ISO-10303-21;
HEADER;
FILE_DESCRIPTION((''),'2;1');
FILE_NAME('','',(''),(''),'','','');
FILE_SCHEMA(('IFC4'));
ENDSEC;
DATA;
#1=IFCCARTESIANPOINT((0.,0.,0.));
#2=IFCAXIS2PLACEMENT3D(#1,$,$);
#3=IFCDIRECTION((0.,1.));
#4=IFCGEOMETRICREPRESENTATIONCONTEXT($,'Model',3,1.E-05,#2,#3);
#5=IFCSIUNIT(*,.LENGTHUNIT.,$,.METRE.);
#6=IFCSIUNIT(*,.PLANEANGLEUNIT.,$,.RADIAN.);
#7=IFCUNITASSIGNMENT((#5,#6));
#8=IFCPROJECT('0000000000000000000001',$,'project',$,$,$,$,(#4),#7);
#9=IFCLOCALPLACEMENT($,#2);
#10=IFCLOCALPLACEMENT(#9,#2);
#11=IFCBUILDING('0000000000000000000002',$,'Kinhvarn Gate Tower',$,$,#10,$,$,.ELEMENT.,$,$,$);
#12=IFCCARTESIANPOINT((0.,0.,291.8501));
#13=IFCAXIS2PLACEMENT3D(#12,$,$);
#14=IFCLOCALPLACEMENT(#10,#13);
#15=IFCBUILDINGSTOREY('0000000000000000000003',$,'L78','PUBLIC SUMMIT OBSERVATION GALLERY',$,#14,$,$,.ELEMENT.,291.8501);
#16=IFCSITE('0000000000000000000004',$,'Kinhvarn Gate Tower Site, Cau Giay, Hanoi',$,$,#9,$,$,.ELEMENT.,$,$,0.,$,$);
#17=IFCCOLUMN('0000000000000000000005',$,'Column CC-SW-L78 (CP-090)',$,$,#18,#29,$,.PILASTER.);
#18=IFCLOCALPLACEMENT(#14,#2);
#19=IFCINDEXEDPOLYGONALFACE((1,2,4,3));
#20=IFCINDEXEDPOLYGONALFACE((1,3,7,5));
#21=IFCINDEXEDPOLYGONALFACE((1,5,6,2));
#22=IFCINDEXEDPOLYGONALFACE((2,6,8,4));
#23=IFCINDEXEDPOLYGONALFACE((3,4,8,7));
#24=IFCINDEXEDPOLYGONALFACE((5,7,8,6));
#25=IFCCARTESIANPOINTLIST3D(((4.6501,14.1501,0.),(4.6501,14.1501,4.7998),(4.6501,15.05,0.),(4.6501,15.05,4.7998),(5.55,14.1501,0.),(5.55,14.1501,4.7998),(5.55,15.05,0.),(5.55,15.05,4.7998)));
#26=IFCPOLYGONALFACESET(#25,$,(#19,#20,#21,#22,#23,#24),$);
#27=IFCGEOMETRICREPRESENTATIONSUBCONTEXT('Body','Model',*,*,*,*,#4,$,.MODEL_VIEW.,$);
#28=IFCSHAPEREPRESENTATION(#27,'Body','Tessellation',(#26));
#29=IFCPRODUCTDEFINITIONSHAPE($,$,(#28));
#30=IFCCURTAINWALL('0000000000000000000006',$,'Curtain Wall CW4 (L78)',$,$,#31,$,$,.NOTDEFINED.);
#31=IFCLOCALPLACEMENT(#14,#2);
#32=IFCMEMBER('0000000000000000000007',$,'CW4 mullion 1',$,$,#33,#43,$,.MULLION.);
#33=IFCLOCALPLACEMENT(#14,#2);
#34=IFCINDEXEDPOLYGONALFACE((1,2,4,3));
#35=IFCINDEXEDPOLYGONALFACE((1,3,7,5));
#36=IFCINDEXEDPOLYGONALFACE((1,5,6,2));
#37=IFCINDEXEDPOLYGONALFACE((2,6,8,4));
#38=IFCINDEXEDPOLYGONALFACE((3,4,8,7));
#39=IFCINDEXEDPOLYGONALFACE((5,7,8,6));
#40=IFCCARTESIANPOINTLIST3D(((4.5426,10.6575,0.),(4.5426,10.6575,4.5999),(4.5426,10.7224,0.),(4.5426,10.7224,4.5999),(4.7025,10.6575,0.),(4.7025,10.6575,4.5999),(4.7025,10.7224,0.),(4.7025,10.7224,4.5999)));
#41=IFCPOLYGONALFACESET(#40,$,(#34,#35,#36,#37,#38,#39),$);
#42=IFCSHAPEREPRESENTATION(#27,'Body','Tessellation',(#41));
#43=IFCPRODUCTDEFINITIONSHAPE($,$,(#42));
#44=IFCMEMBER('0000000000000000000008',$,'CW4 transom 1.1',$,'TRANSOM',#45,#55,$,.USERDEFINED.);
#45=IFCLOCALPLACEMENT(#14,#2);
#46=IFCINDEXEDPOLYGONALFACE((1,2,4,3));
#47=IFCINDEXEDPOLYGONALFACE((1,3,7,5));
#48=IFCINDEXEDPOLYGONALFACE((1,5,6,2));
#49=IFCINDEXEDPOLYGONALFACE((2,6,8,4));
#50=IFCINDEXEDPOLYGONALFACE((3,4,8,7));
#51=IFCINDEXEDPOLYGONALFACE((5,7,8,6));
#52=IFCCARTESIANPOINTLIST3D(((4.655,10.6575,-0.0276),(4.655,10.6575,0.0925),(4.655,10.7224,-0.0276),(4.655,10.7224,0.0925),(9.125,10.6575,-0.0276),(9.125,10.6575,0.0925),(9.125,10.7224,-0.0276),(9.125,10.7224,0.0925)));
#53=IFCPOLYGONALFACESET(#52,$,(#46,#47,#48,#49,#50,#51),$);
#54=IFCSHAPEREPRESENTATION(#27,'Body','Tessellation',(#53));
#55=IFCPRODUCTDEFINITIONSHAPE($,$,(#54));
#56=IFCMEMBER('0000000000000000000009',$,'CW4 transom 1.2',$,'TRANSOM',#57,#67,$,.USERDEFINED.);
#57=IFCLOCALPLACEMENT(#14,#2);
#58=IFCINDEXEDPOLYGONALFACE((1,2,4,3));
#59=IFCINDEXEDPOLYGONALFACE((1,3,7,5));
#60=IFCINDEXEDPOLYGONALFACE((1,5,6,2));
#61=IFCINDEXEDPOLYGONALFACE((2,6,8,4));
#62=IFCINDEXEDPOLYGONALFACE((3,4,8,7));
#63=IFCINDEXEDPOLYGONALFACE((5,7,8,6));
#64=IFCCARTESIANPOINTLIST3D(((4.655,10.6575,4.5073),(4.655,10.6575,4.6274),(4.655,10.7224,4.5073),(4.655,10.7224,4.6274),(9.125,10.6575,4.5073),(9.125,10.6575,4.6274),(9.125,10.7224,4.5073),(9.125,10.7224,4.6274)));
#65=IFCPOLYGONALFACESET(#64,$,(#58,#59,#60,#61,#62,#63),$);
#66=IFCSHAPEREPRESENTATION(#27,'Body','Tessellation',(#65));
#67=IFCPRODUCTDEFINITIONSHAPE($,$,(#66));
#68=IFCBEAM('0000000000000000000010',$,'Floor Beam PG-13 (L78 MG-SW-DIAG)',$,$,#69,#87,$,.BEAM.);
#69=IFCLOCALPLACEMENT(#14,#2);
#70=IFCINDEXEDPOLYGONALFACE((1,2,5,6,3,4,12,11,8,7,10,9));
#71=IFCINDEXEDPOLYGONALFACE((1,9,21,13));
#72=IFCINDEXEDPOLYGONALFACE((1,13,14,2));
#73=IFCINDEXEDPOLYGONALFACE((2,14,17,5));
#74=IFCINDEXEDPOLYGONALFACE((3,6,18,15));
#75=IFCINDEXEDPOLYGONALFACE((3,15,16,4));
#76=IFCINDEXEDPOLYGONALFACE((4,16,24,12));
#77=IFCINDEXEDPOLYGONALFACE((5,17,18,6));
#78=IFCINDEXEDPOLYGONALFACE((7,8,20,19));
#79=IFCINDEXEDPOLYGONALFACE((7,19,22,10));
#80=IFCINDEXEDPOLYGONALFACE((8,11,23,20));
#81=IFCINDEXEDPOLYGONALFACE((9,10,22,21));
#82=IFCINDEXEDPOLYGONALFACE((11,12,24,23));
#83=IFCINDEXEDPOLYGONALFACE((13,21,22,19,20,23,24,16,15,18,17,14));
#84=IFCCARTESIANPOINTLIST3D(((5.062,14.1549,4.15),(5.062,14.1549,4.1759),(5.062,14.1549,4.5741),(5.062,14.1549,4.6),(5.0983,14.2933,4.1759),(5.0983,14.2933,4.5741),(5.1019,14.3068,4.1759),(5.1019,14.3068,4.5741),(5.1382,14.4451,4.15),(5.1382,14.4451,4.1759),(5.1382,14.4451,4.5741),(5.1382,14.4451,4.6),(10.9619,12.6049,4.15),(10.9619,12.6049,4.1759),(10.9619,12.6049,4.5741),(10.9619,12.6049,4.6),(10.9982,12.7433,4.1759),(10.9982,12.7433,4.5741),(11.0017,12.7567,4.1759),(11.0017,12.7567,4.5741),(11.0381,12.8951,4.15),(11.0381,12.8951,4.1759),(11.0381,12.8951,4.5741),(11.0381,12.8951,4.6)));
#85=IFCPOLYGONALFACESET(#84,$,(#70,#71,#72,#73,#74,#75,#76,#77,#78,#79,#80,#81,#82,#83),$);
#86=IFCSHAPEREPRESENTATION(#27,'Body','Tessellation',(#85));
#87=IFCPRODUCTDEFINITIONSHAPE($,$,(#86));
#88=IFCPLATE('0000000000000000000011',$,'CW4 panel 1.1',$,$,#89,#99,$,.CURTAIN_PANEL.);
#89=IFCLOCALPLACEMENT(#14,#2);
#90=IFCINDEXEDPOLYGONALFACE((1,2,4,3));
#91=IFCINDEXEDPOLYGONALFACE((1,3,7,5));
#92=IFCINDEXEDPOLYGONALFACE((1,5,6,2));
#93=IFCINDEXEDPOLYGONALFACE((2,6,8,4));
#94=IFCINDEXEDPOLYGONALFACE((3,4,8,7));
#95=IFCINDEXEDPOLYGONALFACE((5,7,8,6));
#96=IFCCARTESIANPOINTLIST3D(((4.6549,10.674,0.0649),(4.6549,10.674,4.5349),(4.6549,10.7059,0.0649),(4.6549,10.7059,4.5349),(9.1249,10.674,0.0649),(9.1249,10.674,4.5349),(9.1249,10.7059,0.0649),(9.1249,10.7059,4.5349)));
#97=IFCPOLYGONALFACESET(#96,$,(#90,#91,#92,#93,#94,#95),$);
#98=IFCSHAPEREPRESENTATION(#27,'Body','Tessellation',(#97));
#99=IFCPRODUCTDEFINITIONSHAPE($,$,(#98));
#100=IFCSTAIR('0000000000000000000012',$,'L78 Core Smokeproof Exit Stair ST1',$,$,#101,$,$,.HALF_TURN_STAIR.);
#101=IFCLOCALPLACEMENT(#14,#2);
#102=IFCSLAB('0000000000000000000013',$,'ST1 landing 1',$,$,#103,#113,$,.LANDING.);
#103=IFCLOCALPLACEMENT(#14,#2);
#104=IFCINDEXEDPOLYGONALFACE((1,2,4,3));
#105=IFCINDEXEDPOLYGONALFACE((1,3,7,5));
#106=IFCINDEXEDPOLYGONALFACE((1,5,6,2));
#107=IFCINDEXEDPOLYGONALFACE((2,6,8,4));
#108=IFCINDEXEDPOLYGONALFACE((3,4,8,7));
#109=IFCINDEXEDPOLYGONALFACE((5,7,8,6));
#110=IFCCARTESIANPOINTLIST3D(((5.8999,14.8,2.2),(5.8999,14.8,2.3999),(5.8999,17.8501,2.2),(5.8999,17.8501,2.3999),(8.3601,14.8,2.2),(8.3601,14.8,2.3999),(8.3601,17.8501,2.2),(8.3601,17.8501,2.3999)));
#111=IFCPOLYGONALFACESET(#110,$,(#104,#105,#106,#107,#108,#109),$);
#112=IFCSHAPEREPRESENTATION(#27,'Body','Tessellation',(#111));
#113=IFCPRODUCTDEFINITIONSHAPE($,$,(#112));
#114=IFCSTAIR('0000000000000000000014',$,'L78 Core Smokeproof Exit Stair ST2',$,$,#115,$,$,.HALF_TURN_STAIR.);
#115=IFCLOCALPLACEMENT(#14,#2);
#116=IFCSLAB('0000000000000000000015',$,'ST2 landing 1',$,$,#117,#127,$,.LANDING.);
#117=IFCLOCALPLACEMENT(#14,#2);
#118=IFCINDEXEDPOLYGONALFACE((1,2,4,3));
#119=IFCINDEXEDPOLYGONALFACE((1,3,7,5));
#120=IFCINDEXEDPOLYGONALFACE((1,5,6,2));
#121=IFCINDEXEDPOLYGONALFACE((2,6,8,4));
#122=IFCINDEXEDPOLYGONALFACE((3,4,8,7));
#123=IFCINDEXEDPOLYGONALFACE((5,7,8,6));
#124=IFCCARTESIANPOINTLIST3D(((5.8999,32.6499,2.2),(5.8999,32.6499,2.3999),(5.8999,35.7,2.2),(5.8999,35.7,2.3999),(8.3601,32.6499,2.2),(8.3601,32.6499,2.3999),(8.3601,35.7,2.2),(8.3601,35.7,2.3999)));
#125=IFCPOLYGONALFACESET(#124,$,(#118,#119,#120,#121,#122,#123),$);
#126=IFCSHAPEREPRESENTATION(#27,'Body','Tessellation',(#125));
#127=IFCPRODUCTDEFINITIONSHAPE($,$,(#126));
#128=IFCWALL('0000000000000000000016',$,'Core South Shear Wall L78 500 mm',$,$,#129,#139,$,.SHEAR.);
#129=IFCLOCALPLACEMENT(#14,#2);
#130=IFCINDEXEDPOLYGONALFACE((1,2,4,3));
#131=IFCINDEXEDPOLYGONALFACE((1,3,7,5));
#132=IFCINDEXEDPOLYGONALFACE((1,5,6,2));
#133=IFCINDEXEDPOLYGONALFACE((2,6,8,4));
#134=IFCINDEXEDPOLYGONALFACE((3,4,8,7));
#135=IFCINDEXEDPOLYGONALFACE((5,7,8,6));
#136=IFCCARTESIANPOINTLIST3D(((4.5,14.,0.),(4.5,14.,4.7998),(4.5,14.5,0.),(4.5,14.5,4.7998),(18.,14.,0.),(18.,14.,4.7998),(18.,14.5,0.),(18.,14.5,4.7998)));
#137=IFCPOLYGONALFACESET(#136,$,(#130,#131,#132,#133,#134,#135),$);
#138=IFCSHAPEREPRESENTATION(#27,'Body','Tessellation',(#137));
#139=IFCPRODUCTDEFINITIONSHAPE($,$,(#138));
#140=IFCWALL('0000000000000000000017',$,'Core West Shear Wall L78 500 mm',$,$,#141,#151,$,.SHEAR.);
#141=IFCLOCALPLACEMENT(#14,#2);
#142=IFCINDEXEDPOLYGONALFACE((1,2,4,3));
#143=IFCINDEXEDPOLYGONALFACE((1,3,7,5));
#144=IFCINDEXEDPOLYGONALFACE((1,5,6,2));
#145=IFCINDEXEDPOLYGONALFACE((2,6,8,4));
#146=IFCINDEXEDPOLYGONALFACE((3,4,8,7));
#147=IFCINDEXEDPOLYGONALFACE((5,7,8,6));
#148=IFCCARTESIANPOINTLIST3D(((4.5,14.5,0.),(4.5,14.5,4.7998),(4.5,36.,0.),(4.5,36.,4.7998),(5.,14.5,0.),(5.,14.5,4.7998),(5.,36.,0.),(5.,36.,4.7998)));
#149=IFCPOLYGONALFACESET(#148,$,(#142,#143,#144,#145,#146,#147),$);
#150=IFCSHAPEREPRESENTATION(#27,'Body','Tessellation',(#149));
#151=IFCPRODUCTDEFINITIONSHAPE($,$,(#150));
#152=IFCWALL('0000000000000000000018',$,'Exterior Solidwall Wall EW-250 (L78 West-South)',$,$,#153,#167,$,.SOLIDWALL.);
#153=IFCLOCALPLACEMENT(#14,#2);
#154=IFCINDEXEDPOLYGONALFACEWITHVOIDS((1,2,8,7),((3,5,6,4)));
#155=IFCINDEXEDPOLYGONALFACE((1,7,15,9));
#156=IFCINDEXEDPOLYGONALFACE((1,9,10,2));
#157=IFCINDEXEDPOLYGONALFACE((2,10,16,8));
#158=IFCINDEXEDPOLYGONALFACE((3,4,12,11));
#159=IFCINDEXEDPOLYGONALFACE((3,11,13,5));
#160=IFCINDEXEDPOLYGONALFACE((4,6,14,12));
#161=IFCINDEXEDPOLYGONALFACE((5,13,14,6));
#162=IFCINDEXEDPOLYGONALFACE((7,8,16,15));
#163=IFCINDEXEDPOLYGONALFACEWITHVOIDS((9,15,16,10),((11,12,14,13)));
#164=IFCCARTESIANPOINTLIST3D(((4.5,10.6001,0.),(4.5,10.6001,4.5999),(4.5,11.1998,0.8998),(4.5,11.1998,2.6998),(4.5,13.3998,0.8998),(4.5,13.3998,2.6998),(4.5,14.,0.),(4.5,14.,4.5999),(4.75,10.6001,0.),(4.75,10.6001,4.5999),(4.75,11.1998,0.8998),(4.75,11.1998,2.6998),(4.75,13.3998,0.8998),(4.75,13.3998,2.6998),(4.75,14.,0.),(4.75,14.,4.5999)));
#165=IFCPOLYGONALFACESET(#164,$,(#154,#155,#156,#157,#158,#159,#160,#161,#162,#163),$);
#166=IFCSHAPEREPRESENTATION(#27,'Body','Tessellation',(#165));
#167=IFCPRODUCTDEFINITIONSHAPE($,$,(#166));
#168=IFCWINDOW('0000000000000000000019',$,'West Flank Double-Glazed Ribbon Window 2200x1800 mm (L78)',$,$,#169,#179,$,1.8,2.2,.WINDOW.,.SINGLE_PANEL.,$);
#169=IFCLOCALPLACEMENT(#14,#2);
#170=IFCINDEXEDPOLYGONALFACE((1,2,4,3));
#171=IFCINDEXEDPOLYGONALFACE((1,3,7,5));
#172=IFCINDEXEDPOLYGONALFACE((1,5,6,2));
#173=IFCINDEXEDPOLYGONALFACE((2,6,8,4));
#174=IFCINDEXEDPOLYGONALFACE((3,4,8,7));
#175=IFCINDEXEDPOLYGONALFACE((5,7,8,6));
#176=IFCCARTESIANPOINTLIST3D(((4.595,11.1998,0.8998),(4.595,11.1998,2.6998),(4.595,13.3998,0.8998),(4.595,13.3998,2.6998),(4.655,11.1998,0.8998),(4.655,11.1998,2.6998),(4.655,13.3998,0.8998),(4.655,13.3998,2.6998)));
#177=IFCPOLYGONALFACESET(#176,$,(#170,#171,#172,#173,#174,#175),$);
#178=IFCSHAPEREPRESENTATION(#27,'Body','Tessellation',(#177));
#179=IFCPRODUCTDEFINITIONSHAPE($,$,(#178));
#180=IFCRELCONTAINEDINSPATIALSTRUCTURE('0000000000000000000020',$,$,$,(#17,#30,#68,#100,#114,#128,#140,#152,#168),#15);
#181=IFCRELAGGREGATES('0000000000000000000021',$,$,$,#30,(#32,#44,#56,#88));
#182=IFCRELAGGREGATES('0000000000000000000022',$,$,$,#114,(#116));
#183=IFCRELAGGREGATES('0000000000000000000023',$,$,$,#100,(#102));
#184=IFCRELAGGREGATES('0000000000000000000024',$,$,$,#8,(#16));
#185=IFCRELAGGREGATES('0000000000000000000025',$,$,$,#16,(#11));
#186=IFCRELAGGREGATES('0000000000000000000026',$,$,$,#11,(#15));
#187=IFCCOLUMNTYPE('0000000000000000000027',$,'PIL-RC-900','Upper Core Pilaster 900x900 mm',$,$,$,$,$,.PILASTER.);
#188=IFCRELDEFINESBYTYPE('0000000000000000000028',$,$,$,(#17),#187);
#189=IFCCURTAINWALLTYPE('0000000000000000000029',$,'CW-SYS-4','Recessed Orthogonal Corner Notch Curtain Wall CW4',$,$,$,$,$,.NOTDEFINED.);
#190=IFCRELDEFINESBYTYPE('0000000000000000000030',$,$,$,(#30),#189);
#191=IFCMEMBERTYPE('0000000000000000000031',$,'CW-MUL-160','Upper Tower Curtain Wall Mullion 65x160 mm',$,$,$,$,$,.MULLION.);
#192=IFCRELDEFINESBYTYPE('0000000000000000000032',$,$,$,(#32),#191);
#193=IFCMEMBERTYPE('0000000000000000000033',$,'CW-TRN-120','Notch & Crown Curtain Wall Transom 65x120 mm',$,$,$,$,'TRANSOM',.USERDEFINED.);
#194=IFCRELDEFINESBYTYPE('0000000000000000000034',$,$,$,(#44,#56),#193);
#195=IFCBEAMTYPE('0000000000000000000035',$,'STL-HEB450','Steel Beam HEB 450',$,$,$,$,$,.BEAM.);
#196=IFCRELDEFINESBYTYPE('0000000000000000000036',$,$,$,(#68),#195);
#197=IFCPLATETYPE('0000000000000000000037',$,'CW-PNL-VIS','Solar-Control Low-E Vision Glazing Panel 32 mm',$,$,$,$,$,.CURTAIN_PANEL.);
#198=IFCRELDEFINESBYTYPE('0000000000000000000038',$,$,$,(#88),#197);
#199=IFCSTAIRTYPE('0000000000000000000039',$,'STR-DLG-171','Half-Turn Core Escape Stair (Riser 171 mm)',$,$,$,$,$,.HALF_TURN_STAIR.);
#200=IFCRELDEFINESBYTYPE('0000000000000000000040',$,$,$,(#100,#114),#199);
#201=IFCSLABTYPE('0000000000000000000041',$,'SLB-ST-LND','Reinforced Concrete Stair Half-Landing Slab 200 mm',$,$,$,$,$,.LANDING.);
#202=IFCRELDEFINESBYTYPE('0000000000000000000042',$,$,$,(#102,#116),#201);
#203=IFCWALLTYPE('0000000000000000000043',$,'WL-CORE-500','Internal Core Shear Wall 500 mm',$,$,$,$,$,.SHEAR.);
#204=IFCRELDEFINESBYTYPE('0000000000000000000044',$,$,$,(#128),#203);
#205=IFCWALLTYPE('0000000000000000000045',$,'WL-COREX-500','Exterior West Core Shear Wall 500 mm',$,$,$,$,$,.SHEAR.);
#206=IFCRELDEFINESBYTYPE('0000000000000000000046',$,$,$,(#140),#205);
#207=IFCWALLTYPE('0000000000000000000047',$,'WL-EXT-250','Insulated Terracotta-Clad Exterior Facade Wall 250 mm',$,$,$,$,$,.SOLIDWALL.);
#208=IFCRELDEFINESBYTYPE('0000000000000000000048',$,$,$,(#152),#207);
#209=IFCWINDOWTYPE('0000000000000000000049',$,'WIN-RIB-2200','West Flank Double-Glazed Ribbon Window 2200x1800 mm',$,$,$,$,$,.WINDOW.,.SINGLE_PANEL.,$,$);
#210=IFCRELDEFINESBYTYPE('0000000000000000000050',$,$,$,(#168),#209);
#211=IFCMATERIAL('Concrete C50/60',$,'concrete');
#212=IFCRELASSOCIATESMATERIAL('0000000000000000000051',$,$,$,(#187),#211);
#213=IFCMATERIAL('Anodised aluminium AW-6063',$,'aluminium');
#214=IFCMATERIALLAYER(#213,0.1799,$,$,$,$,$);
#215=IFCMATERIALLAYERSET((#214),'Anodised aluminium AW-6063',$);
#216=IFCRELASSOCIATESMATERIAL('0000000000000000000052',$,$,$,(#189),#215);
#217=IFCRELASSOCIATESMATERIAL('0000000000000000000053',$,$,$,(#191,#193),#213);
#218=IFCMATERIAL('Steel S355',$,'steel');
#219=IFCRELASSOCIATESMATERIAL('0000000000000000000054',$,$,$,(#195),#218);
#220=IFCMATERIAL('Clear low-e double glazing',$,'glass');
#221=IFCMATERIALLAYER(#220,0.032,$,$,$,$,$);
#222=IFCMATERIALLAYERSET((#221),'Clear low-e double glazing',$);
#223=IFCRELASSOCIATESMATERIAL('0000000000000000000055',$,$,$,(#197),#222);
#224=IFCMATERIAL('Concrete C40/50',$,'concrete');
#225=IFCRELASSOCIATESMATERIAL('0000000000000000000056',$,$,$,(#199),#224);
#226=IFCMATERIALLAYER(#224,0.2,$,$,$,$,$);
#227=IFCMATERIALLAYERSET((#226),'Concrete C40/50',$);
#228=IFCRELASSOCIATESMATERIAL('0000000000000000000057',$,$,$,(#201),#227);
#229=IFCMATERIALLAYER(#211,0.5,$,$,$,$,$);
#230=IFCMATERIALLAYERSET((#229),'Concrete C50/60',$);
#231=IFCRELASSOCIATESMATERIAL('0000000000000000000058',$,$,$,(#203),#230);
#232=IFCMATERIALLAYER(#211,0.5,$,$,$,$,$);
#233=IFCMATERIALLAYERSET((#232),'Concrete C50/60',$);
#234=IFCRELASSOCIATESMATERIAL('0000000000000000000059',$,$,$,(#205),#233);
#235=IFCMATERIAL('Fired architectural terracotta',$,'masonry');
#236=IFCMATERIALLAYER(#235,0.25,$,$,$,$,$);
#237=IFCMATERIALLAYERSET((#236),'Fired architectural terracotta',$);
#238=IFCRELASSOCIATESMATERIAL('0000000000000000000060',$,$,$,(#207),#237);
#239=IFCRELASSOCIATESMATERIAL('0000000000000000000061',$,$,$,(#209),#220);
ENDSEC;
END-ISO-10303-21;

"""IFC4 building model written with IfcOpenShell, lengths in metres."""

from ifc_helpers import new_model, si_unit, direction, frame, frame_2d, origin, origin_2d, place, context, subcontext, project, spatial, polyline, rectangle, i_section, outline, extrude, material, layer, layer_set, material_profile, profile_set, type_object, element, fill, aggregate, save


model = new_model("IFC4")

# Units and contexts
model_context = context("Model", 3, precision=1e-05, world=origin(), true_north=direction((0.0, 1.0)))
body_context = subcontext(model_context, "Body", "Model", "MODEL_VIEW")
ifc_project = project(units=[si_unit("LENGTHUNIT", "METRE"), si_unit("PLANEANGLEUNIT", "RADIAN")], contexts=[model_context])

# Site, building, storey
site_placement = place(None, origin())
site = spatial("IfcSite", under=ifc_project, at=site_placement, Name="Kinhvarn Gate Tower Site, Cau Giay, Hanoi", CompositionType="ELEMENT", RefElevation=0.0)
building_placement = place(site_placement, origin())
building = spatial("IfcBuilding", under=site, at=building_placement, Name="Kinhvarn Gate Tower", CompositionType="ELEMENT")
storey_placement = place(building_placement, frame((0.0, 0.0, 291.8501)))
storey = spatial("IfcBuildingStorey", under=building, at=storey_placement, Name="L78", Description="PUBLIC SUMMIT OBSERVATION GALLERY", CompositionType="ELEMENT", Elevation=291.8501)

# Column
ifc_material_1 = material(Name="Concrete C50/60", Category="concrete")
ifc_material_profile_1 = material_profile(ifc_material_1, rectangle(XDim=0.8999, YDim=0.8999, at=origin_2d()), Name="RC 900x900")
ifc_profile_set_1 = profile_set([ifc_material_profile_1], Name="Concrete C50/60")
column_type = type_object("IfcColumnType", Name="PIL-RC-900", Description="Upper Core Pilaster 900x900 mm", PredefinedType="PILASTER", material=ifc_profile_set_1)
column_placement = place(storey_placement, frame((5.1001, 14.6001, 0.0), z_axis=(0.0, 0.0, 1.0), x_axis=(1.0, 0.0, 0.0)))
element("IfcColumn", 1, at=column_placement, inside=storey, type_object=column_type, Name="Column CC-SW-L78 (CP-090)", PredefinedType="PILASTER", context=body_context, shape_type="SweptSolid", body=[
    extrude(rectangle(XDim=0.8999, YDim=0.8999, at=origin_2d()), origin(), (0.0, 0.0, 1.0), 4.7998),
])

# Curtain wall, members
ifc_material_2 = material(Name="Anodised aluminium AW-6063", Category="aluminium")
ifc_layer_1 = layer(ifc_material_2, 0.1799)
ifc_layer_set_1 = layer_set([ifc_layer_1], Name="Anodised aluminium AW-6063")
curtain_wall_type = type_object("IfcCurtainWallType", Name="CW-SYS-4", Description="Recessed Orthogonal Corner Notch Curtain Wall CW4", PredefinedType="NOTDEFINED", material=ifc_layer_set_1)
curtain_wall_placement = place(storey_placement, origin())
curtain_wall = element("IfcCurtainWall", 2, at=curtain_wall_placement, inside=storey, type_object=curtain_wall_type, Name="Curtain Wall CW4 (L78)", PredefinedType="NOTDEFINED")
ifc_material_profile_2 = material_profile(ifc_material_2, rectangle(XDim=0.0649, YDim=0.1599, at=origin_2d()), Name="ALU 65x160")
ifc_profile_set_2 = profile_set([ifc_material_profile_2], Name="Anodised aluminium AW-6063")
member_type_1 = type_object("IfcMemberType", Name="CW-MUL-160", Description="Upper Tower Curtain Wall Mullion 65x160 mm", PredefinedType="MULLION", material=ifc_profile_set_2)
member_1_placement = place(storey_placement, frame((4.6226, 10.6899, 0.0), z_axis=(0.0, 0.0, 1.0), x_axis=(0.0, 1.0, 0.0)))
member_1 = element("IfcMember", 3, at=member_1_placement, type_object=member_type_1, Name="CW4 mullion 1", PredefinedType="MULLION", context=body_context, shape_type="SweptSolid", body=[
    extrude(rectangle(XDim=0.0649, YDim=0.1599, at=origin_2d()), origin(), (0.0, 0.0, 1.0), 4.5999),
])
ifc_material_profile_3 = material_profile(ifc_material_2, rectangle(XDim=0.0649, YDim=0.1201, at=origin_2d()), Name="ALU 65x120")
ifc_profile_set_3 = profile_set([ifc_material_profile_3], Name="Anodised aluminium AW-6063")
member_type_2 = type_object("IfcMemberType", Name="CW-TRN-120", Description="Notch & Crown Curtain Wall Transom 65x120 mm", ElementType="TRANSOM", PredefinedType="USERDEFINED", material=ifc_profile_set_3)
member_2_placement = place(storey_placement, frame((4.655, 10.6899, 0.0325), z_axis=(1.0, 0.0, 0.0), x_axis=(0.0, 1.0, 0.0)))
member_2 = element("IfcMember", 4, at=member_2_placement, type_object=member_type_2, Name="CW4 transom 1.1", ObjectType="TRANSOM", PredefinedType="USERDEFINED", context=body_context, shape_type="SweptSolid", body=[
    extrude(rectangle(XDim=0.0649, YDim=0.1201, at=origin_2d()), origin(), (0.0, 0.0, 1.0), 4.47),
])
member_3_placement = place(storey_placement, frame((4.655, 10.6899, 4.5674), z_axis=(1.0, 0.0, 0.0), x_axis=(0.0, 1.0, 0.0)))
member_3 = element("IfcMember", 5, at=member_3_placement, type_object=member_type_2, Name="CW4 transom 1.2", ObjectType="TRANSOM", PredefinedType="USERDEFINED", context=body_context, shape_type="SweptSolid", body=[
    extrude(rectangle(XDim=0.0649, YDim=0.1201, at=origin_2d()), origin(), (0.0, 0.0, 1.0), 4.47),
])

# Beam
ifc_material_3 = material(Name="Steel S355", Category="steel")
ifc_material_profile_4 = material_profile(ifc_material_3, i_section(OverallWidth=0.3, OverallDepth=0.45, WebThickness=0.0139, FlangeThickness=0.0259, at=origin_2d()), Name="HEB 450")
ifc_profile_set_4 = profile_set([ifc_material_profile_4], Name="Steel S355")
beam_type = type_object("IfcBeamType", Name="STL-HEB450", Description="Steel Beam HEB 450", PredefinedType="BEAM", material=ifc_profile_set_4)
beam_placement = place(storey_placement, frame((5.1001, 14.3, 4.375), z_axis=(0.967178, -0.254101, 0.0), x_axis=(0.254101, 0.967178, 0.0)))
element("IfcBeam", 6, at=beam_placement, inside=storey, type_object=beam_type, Name="Floor Beam PG-13 (L78 MG-SW-DIAG)", PredefinedType="BEAM", context=body_context, shape_type="SweptSolid", body=[
    extrude(i_section(OverallWidth=0.3, OverallDepth=0.45, WebThickness=0.0139, FlangeThickness=0.0259, at=origin_2d()), origin(), (0.0, 0.0, 1.0), 6.1001),
])

# Plate
ifc_material_4 = material(Name="Clear low-e double glazing", Category="glass")
ifc_layer_2 = layer(ifc_material_4, 0.032)
ifc_layer_set_2 = layer_set([ifc_layer_2], Name="Clear low-e double glazing")
plate_type = type_object("IfcPlateType", Name="CW-PNL-VIS", Description="Solar-Control Low-E Vision Glazing Panel 32 mm", PredefinedType="CURTAIN_PANEL", material=ifc_layer_set_2)
plate_placement = place(storey_placement, frame((6.8899, 10.6899, 0.0649), z_axis=(0.0, 0.0, 1.0), x_axis=(1.0, 0.0, 0.0)))
plate = element("IfcPlate", 7, at=plate_placement, type_object=plate_type, Name="CW4 panel 1.1", PredefinedType="CURTAIN_PANEL", context=body_context, shape_type="SweptSolid", body=[
    extrude(rectangle(XDim=4.47, YDim=0.032, at=origin_2d()), origin(), (0.0, 0.0, 1.0), 4.47),
])
aggregate(curtain_wall, [member_1, member_2, member_3, plate])

# Stairs, slabs
ifc_material_5 = material(Name="Concrete C40/50", Category="concrete")
stair_type = type_object("IfcStairType", Name="STR-DLG-171", Description="Half-Turn Core Escape Stair (Riser 171 mm)", PredefinedType="HALF_TURN_STAIR", material=ifc_material_5)
stair_1_placement = place(storey_placement, origin())
stair_1 = element("IfcStair", 8, at=stair_1_placement, inside=storey, type_object=stair_type, Name="L78 Core Smokeproof Exit Stair ST1", PredefinedType="HALF_TURN_STAIR")
ifc_layer_3 = layer(ifc_material_5, 0.2)
ifc_layer_set_3 = layer_set([ifc_layer_3], Name="Concrete C40/50")
slab_type = type_object("IfcSlabType", Name="SLB-ST-LND", Description="Reinforced Concrete Stair Half-Landing Slab 200 mm", PredefinedType="LANDING", material=ifc_layer_set_3)
slab_1_placement = place(storey_placement, frame((0.0, 0.0, 2.2)))
slab_1 = element("IfcSlab", 9, at=slab_1_placement, type_object=slab_type, Name="ST1 landing 1", PredefinedType="LANDING", context=body_context, shape_type="SweptSolid", body=[
    extrude(outline(polyline([(8.3601, 17.8501), (5.8999, 17.8501), (5.8999, 14.8), (8.3601, 14.8), (8.3601, 17.8501)])), origin(), (0.0, 0.0, 1.0), 0.2),
])
stair_2_placement = place(storey_placement, origin())
stair_2 = element("IfcStair", 10, at=stair_2_placement, inside=storey, type_object=stair_type, Name="L78 Core Smokeproof Exit Stair ST2", PredefinedType="HALF_TURN_STAIR")
slab_2_placement = place(storey_placement, frame((0.0, 0.0, 2.2)))
slab_2 = element("IfcSlab", 11, at=slab_2_placement, type_object=slab_type, Name="ST2 landing 1", PredefinedType="LANDING", context=body_context, shape_type="SweptSolid", body=[
    extrude(outline(polyline([(8.3601, 35.7), (5.8999, 35.7), (5.8999, 32.6499), (8.3601, 32.6499), (8.3601, 35.7)])), origin(), (0.0, 0.0, 1.0), 0.2),
])
aggregate(stair_2, [slab_2])

# Walls
ifc_layer_4 = layer(ifc_material_1, 0.5)
ifc_layer_set_4 = layer_set([ifc_layer_4], Name="Concrete C50/60")
wall_type_1 = type_object("IfcWallType", Name="WL-CORE-500", Description="Internal Core Shear Wall 500 mm", PredefinedType="SHEAR", material=ifc_layer_set_4)
wall_1_placement = place(storey_placement, frame((4.5, 14.25, 0.0), z_axis=(0.0, 0.0, 1.0), x_axis=(1.0, 0.0, 0.0)))
element("IfcWall", 12, at=wall_1_placement, inside=storey, type_object=wall_type_1, Name="Core South Shear Wall L78 500 mm", PredefinedType="SHEAR", context=body_context, shape_type="SweptSolid", body=[
    extrude(rectangle(XDim=13.5, YDim=0.5, at=frame_2d((6.75, 0.0))), origin(), (0.0, 0.0, 1.0), 4.7998),
])
ifc_layer_5 = layer(ifc_material_1, 0.5)
ifc_layer_set_5 = layer_set([ifc_layer_5], Name="Concrete C50/60")
wall_type_2 = type_object("IfcWallType", Name="WL-COREX-500", Description="Exterior West Core Shear Wall 500 mm", PredefinedType="SHEAR", material=ifc_layer_set_5)
wall_2_placement = place(storey_placement, frame((4.75, 14.5, 0.0), z_axis=(0.0, 0.0, 1.0), x_axis=(0.0, 1.0, 0.0)))
element("IfcWall", 13, at=wall_2_placement, inside=storey, type_object=wall_type_2, Name="Core West Shear Wall L78 500 mm", PredefinedType="SHEAR", context=body_context, shape_type="SweptSolid", body=[
    extrude(rectangle(XDim=21.5, YDim=0.5, at=frame_2d((10.75, 0.0))), origin(), (0.0, 0.0, 1.0), 4.7998),
])

# Wall, opening, window
ifc_material_6 = material(Name="Fired architectural terracotta", Category="masonry")
ifc_layer_6 = layer(ifc_material_6, 0.25)
ifc_layer_set_6 = layer_set([ifc_layer_6], Name="Fired architectural terracotta")
wall_type_3 = type_object("IfcWallType", Name="WL-EXT-250", Description="Insulated Terracotta-Clad Exterior Facade Wall 250 mm", PredefinedType="SOLIDWALL", material=ifc_layer_set_6)
wall_3_placement = place(storey_placement, frame((4.625, 14.0, 0.0), z_axis=(0.0, 0.0, 1.0), x_axis=(0.0, -1.0, 0.0)))
wall_3 = element("IfcWall", 14, at=wall_3_placement, inside=storey, type_object=wall_type_3, Name="Exterior Solidwall Wall EW-250 (L78 West-South)", PredefinedType="SOLIDWALL", context=body_context, shape_type="SweptSolid", body=[
    extrude(rectangle(XDim=3.3999, YDim=0.25, at=frame_2d((1.7, 0.0))), origin(), (0.0, 0.0, 1.0), 4.5999),
])
opening_placement = place(wall_3_placement, frame((0.6001, 0.0, 0.8999)))
opening = element("IfcOpeningElement", 15, at=opening_placement, cuts=wall_3, PredefinedType="OPENING", context=body_context, shape_type="SweptSolid", body=[
    extrude(rectangle(XDim=2.2, YDim=1.8, at=frame_2d((1.1001, 0.8999))), frame((0.0, 0.135, 0.0), z_axis=(0.0, -1.0, 0.0), x_axis=(1.0, 0.0, 0.0)), (0.0, 0.0, 1.0), 0.27),
])
window_type = type_object("IfcWindowType", Name="WIN-RIB-2200", Description="West Flank Double-Glazed Ribbon Window 2200x1800 mm", PartitioningType="SINGLE_PANEL", PredefinedType="WINDOW", material=ifc_material_4)
window_placement = place(opening_placement, origin())
window = element("IfcWindow", 16, at=window_placement, inside=storey, type_object=window_type, Name="West Flank Double-Glazed Ribbon Window 2200x1800 mm (L78)", OverallHeight=1.8, OverallWidth=2.2, PartitioningType="SINGLE_PANEL", PredefinedType="WINDOW", context=body_context, shape_type="SweptSolid", body=[
    extrude(rectangle(XDim=2.2, YDim=1.8, at=frame_2d((1.1001, 0.8999))), frame((0.0, 0.03, 0.0), z_axis=(0.0, -1.0, 0.0), x_axis=(1.0, 0.0, 0.0)), (0.0, 0.0, 1.0), 0.0601),
])
fill(opening, window)

aggregate(stair_1, [slab_1])

save(model, "model.ifc")
